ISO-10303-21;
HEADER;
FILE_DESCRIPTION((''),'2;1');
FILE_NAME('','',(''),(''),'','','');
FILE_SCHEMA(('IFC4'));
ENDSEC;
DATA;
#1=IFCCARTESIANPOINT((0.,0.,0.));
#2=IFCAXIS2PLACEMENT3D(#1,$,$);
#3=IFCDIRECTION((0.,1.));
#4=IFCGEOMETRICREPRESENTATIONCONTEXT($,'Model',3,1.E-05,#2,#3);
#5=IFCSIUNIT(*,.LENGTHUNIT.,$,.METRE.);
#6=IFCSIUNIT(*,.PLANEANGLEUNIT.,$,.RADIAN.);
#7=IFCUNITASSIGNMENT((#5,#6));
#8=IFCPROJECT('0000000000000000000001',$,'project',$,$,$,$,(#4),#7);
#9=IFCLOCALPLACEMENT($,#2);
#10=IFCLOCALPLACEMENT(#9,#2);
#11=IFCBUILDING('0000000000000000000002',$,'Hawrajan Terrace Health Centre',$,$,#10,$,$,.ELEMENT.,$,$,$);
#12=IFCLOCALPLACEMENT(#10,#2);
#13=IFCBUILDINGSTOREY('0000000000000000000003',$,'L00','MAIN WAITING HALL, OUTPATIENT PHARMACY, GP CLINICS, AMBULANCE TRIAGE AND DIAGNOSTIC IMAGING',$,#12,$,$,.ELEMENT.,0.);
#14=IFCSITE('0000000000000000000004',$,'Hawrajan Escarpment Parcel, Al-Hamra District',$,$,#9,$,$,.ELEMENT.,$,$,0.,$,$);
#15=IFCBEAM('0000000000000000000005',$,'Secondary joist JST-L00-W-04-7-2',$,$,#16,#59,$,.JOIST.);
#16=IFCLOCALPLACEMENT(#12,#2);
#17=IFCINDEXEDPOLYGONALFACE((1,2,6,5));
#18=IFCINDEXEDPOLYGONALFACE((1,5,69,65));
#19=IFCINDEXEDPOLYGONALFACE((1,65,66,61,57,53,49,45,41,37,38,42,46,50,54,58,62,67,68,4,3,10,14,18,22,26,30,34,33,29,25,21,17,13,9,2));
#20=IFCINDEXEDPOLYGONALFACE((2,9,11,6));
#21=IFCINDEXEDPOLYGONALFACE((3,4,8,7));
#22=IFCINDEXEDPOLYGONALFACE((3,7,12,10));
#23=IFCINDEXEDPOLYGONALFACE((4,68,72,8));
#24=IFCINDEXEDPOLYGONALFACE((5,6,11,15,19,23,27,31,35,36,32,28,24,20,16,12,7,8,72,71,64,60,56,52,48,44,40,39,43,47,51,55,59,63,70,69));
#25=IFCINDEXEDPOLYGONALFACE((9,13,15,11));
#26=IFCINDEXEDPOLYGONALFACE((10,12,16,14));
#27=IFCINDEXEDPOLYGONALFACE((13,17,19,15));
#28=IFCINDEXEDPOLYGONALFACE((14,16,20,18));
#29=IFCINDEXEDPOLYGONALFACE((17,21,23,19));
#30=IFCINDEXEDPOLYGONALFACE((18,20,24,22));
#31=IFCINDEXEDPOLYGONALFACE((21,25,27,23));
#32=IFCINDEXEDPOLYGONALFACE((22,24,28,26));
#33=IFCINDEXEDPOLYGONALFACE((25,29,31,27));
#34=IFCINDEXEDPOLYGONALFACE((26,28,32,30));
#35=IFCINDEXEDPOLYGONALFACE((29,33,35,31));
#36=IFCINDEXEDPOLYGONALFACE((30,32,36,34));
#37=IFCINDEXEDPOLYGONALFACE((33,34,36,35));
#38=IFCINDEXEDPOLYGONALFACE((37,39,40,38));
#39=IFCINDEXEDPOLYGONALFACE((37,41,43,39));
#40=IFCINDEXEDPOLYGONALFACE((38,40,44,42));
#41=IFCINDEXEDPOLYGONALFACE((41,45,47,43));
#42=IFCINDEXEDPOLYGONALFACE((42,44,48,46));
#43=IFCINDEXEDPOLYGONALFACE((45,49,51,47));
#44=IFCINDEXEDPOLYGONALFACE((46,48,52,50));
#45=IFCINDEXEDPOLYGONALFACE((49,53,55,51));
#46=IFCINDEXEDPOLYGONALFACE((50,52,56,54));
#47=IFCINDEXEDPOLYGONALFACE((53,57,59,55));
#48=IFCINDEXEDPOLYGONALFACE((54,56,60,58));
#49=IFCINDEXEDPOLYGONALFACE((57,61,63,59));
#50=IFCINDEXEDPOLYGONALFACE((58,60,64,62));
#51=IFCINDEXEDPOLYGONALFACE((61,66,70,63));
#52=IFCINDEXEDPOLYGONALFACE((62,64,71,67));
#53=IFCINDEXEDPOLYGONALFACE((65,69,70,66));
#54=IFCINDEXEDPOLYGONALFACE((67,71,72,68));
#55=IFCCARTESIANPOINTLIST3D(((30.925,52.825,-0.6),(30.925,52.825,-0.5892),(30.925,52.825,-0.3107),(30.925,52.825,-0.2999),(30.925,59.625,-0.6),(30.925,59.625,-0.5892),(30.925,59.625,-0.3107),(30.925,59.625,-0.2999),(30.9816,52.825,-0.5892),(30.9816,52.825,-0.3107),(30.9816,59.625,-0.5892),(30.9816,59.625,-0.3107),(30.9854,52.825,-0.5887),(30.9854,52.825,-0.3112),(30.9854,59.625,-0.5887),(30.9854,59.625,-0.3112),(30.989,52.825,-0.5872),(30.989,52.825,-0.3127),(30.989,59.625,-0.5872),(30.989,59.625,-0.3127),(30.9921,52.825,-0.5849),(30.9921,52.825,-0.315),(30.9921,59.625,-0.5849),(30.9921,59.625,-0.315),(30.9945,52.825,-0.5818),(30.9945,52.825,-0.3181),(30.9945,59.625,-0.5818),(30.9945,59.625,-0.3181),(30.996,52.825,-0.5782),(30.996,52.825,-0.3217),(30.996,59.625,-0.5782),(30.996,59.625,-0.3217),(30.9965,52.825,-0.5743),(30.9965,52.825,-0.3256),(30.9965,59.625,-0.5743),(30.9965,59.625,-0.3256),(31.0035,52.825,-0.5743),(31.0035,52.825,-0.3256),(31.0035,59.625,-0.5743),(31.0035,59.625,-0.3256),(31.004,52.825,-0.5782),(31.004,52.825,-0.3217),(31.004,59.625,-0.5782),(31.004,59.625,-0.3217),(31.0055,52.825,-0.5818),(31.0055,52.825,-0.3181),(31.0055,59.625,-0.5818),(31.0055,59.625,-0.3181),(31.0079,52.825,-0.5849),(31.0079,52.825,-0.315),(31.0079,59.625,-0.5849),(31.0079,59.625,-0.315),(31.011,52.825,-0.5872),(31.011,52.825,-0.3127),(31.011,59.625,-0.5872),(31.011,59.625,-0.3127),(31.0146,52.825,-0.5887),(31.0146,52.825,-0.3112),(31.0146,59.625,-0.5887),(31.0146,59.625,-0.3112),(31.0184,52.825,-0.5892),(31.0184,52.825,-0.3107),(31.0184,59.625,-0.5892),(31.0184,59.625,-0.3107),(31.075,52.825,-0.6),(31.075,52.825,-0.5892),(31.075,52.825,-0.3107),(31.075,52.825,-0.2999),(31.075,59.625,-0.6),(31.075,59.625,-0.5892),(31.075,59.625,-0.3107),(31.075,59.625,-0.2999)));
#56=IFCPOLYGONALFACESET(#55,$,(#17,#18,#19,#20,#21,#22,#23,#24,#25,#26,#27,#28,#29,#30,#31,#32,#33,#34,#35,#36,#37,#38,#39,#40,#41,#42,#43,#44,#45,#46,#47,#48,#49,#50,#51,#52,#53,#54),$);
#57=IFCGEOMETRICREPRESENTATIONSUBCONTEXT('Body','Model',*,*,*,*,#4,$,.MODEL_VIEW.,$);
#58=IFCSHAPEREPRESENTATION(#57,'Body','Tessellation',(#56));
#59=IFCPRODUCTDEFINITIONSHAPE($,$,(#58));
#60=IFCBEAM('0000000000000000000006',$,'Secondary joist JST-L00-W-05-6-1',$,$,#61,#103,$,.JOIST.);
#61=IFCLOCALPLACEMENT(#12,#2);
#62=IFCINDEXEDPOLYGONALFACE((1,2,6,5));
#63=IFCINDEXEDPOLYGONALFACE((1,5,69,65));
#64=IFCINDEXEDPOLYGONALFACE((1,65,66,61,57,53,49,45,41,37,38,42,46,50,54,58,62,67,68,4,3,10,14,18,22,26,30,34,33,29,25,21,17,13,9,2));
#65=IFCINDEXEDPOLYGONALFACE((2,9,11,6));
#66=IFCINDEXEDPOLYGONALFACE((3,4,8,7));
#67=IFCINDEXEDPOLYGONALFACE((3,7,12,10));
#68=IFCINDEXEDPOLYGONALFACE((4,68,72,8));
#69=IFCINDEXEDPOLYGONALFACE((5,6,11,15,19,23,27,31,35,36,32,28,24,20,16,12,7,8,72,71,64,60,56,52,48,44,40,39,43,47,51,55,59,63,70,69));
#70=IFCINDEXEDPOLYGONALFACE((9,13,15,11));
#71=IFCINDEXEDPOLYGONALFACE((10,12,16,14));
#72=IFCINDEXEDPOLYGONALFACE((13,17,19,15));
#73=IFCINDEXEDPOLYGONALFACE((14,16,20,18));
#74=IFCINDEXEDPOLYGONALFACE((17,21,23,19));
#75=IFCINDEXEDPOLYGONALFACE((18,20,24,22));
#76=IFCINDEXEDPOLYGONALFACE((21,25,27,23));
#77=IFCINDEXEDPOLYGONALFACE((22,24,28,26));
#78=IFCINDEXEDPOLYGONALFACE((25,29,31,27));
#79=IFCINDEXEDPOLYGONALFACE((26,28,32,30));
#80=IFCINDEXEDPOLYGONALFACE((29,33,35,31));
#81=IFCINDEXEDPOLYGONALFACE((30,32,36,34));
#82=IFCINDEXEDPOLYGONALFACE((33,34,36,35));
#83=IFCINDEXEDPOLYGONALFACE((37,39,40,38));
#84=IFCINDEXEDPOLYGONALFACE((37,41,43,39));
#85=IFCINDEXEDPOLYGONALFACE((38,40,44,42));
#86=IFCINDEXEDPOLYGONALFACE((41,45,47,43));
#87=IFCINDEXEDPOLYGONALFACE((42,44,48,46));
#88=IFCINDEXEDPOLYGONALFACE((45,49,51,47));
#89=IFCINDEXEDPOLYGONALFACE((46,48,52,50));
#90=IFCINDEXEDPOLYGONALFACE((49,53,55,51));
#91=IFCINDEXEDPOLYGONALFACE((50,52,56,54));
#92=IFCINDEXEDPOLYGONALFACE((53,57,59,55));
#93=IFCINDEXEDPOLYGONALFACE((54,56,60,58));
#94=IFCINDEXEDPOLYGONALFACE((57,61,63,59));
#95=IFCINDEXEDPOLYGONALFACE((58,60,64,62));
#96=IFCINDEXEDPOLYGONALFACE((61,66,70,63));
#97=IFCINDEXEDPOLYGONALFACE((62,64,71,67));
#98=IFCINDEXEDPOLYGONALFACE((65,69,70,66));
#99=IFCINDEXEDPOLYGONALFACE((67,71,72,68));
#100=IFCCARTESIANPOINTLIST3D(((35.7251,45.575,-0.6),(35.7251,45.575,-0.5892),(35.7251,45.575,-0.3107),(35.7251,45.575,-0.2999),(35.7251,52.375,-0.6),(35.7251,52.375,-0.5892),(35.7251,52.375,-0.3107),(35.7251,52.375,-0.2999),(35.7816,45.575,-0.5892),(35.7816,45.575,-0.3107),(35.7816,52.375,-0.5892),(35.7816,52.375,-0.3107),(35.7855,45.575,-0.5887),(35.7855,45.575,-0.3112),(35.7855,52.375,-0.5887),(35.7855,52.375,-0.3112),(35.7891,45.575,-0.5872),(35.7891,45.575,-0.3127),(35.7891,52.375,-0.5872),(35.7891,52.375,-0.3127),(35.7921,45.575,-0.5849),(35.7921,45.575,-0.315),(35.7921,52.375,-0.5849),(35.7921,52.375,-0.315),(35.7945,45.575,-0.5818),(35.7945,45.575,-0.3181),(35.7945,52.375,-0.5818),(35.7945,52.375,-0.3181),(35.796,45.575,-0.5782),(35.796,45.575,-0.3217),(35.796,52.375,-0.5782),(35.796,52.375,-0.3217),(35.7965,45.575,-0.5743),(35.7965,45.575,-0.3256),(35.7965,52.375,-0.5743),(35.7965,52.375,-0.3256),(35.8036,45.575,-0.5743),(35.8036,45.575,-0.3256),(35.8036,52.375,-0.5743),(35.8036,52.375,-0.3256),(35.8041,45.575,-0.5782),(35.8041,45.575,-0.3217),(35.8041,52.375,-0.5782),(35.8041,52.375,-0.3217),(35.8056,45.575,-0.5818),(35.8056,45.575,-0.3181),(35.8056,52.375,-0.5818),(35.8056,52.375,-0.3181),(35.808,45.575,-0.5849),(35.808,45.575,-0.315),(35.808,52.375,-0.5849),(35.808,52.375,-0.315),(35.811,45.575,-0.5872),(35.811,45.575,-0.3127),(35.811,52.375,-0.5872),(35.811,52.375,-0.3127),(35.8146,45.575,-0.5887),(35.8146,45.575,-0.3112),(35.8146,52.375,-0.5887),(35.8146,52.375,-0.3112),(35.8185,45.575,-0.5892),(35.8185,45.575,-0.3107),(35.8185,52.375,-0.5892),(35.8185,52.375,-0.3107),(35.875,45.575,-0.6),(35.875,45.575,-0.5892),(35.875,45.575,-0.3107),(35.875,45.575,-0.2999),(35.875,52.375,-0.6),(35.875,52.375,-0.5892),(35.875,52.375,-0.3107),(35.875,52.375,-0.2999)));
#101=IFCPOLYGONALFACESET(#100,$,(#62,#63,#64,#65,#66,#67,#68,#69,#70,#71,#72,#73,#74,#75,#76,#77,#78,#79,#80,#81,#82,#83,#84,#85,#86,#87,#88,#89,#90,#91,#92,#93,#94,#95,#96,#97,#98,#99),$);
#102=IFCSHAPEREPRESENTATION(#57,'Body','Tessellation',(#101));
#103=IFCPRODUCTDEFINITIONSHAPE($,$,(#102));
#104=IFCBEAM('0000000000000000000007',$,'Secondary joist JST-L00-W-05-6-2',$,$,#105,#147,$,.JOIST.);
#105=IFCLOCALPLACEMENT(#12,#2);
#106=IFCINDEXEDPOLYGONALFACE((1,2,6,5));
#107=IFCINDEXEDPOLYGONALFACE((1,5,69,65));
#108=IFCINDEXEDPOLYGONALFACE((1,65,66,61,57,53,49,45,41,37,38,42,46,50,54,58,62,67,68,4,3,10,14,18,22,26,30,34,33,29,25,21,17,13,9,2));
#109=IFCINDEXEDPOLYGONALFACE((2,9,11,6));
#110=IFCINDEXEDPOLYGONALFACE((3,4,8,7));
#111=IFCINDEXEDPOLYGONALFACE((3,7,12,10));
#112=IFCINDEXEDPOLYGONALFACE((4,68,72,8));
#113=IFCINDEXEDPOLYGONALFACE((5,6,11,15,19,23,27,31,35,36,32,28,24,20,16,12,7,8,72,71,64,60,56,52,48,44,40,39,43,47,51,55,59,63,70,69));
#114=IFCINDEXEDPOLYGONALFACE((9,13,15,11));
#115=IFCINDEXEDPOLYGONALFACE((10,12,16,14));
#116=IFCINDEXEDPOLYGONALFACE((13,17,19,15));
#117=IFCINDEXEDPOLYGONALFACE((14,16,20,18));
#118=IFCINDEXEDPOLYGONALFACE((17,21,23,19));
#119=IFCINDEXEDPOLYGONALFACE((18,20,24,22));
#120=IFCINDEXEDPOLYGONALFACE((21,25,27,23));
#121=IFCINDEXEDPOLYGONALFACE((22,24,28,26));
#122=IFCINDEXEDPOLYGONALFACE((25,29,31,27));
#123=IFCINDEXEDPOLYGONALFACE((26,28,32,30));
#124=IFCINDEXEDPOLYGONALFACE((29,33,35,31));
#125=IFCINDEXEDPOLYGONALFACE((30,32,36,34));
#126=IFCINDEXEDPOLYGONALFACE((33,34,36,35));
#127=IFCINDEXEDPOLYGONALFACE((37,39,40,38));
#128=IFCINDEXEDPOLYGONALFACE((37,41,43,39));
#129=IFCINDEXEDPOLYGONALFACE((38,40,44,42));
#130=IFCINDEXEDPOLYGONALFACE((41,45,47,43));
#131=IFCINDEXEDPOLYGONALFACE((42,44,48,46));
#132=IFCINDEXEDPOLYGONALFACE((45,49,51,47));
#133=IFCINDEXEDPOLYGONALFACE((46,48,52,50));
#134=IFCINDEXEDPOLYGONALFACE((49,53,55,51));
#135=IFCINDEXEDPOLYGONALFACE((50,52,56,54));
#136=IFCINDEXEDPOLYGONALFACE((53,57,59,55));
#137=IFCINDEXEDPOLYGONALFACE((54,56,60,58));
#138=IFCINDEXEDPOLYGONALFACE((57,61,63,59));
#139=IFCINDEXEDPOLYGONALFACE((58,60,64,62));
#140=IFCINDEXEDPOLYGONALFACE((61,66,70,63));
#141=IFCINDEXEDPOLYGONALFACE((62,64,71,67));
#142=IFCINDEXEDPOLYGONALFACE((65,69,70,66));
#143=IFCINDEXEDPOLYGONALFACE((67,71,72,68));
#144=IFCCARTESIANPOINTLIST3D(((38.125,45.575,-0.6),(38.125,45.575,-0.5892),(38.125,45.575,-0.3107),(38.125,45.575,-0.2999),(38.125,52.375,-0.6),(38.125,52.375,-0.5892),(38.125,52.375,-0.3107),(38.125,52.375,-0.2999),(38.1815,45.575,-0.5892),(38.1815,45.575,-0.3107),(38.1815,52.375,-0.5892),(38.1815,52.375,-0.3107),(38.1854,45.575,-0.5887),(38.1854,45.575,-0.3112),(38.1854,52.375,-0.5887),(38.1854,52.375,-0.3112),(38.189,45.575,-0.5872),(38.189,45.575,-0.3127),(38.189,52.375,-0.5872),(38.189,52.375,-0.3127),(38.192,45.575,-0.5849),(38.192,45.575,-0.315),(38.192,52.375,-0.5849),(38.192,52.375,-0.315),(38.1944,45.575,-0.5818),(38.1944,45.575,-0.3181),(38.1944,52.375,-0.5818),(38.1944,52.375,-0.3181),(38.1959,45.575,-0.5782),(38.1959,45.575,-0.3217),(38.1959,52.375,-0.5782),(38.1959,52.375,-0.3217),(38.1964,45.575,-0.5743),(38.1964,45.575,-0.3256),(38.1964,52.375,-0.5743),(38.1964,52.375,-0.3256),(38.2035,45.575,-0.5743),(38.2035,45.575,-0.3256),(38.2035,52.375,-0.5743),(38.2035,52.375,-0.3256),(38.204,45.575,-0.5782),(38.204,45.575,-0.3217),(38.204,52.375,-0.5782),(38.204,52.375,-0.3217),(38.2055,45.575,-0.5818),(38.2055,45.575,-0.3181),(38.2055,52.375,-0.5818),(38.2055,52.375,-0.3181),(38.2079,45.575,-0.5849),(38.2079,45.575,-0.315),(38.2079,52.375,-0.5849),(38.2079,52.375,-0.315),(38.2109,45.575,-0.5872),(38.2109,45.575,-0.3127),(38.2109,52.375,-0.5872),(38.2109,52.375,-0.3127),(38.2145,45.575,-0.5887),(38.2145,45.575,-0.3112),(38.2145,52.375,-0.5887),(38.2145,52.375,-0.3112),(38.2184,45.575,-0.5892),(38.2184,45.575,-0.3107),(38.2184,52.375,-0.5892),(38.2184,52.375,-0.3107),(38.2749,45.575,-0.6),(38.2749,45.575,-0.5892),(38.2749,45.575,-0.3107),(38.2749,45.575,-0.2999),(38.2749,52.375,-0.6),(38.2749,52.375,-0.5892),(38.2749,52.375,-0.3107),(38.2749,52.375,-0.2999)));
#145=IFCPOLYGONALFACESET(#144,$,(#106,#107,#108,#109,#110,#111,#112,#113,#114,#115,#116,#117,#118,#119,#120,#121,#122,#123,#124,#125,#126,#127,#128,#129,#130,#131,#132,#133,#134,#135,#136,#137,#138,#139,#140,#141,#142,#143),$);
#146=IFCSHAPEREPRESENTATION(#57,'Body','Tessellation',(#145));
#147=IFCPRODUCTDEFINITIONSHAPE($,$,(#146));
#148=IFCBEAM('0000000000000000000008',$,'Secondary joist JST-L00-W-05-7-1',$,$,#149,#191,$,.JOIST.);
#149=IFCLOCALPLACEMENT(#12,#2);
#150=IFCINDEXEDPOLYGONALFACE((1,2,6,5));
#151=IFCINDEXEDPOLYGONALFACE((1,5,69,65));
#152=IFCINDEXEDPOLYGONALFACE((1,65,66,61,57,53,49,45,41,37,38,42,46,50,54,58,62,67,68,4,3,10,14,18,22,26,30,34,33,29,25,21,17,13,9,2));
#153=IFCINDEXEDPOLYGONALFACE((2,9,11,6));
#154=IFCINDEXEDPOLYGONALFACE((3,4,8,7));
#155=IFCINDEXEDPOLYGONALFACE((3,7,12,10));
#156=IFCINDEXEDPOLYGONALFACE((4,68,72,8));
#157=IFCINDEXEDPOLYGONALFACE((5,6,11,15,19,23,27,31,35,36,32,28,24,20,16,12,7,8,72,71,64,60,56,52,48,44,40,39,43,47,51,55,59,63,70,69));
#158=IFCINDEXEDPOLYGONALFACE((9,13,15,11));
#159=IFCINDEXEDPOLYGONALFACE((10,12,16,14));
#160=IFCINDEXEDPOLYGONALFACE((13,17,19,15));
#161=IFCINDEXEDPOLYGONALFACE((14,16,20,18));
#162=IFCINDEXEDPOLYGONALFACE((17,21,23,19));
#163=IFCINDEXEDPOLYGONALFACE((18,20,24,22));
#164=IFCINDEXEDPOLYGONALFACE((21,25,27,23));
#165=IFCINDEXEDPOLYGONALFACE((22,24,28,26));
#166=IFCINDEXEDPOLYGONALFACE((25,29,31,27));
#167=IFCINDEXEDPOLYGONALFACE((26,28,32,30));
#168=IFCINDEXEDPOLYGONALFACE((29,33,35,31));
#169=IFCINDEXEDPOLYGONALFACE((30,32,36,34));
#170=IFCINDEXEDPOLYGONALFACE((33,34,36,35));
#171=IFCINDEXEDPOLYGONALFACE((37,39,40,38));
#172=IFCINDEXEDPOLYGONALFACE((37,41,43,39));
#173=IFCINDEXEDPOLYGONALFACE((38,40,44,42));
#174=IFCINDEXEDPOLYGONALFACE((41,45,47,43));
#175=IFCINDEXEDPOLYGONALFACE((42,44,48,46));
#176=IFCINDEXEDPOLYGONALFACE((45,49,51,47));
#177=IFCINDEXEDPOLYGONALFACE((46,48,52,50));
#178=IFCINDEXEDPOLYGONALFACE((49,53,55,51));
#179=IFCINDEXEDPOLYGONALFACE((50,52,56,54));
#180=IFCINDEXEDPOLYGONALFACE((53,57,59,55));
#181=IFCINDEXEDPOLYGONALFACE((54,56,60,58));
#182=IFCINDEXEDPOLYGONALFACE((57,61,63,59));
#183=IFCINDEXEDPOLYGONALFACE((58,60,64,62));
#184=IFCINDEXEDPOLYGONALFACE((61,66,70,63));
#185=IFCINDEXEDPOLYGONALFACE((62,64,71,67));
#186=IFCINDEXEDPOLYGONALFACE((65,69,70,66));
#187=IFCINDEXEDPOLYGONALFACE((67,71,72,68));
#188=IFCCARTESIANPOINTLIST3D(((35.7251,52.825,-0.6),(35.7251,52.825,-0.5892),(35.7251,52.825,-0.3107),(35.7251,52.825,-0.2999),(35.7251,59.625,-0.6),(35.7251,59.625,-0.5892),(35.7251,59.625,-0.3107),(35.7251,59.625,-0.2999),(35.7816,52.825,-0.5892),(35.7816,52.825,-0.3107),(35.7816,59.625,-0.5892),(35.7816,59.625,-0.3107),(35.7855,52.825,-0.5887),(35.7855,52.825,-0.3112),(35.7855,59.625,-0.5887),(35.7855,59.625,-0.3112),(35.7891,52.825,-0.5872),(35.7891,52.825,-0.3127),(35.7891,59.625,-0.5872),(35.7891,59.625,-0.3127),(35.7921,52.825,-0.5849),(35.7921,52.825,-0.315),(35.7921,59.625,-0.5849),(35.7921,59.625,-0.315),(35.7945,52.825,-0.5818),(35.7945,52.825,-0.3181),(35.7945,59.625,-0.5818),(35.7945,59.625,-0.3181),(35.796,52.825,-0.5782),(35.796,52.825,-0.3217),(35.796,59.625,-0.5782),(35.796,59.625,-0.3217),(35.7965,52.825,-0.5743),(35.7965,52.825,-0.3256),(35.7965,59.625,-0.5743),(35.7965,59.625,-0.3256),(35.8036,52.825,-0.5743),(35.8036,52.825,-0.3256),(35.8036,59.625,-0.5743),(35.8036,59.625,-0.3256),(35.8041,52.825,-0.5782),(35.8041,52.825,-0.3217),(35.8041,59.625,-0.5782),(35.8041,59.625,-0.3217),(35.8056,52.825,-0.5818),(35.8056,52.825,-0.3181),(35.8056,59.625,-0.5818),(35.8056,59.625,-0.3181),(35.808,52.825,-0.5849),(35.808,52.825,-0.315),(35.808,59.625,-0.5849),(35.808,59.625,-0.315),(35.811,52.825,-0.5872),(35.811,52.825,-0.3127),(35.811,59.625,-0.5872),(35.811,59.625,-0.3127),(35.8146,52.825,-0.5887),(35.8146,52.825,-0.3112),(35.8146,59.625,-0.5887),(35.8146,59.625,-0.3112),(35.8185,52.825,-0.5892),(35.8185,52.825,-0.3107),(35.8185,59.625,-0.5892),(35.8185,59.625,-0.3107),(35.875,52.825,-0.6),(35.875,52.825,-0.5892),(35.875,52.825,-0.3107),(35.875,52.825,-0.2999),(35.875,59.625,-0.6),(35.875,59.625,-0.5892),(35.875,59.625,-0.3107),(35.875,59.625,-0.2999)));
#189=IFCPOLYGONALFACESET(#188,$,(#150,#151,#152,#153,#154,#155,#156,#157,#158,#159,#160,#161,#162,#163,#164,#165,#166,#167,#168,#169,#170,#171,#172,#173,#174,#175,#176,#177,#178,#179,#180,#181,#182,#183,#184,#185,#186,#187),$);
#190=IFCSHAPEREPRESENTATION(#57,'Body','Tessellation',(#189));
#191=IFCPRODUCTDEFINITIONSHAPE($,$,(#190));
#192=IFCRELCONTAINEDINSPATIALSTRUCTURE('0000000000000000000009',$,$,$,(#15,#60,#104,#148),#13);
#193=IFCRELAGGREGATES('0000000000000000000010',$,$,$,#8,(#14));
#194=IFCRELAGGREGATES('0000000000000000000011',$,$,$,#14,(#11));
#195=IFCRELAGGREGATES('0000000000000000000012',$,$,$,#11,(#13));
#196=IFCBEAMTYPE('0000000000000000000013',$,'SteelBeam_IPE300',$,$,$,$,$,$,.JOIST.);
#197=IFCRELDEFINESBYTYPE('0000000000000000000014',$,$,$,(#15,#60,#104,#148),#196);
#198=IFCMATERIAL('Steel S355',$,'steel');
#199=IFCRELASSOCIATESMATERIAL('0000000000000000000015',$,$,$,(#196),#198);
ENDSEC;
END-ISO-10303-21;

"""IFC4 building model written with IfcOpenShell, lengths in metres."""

from ifc_helpers import new_model, si_unit, direction, frame, origin, origin_2d, place, context, subcontext, project, spatial, i_section, extrude, material, material_profile, profile_set, type_object, element, save


model = new_model("IFC4")

# Units and contexts
model_context = context("Model", 3, precision=1e-05, world=origin(), true_north=direction((0.0, 1.0)))
body_context = subcontext(model_context, "Body", "Model", "MODEL_VIEW")
ifc_project = project(units=[si_unit("LENGTHUNIT", "METRE"), si_unit("PLANEANGLEUNIT", "RADIAN")], contexts=[model_context])

# Site, building, storey
site_placement = place(None, origin())
site = spatial("IfcSite", under=ifc_project, at=site_placement, Name="Hawrajan Escarpment Parcel, Al-Hamra District", CompositionType="ELEMENT", RefElevation=0.0)
building_placement = place(site_placement, origin())
building = spatial("IfcBuilding", under=site, at=building_placement, Name="Hawrajan Terrace Health Centre", CompositionType="ELEMENT")
storey_placement = place(building_placement, origin())
storey = spatial("IfcBuildingStorey", under=building, at=storey_placement, Name="L00", Description="MAIN WAITING HALL, OUTPATIENT PHARMACY, GP CLINICS, AMBULANCE TRIAGE AND DIAGNOSTIC IMAGING", CompositionType="ELEMENT", Elevation=0.0)

# Beams
ifc_material_1 = material(Name="Steel S355", Category="steel")
ifc_material_profile_1 = material_profile(ifc_material_1, i_section(OverallWidth=0.1499, OverallDepth=0.3, WebThickness=0.0071, FlangeThickness=0.0107, FilletRadius=0.0149, at=origin_2d()), Name="IPE 300")
ifc_profile_set_1 = profile_set([ifc_material_profile_1], Name="Steel S355")
beam_type_1 = type_object("IfcBeamType", Name="SteelBeam_IPE300", PredefinedType="JOIST", material=ifc_profile_set_1)
for number, where, z_axis, x_axis, name in (
    (1, (31.0, 52.825, -0.45), (0.0, 1.0, 0.0), (-1.0, 0.0, 0.0), "Secondary joist JST-L00-W-04-7-2"),
    (2, (35.8, 45.575, -0.45), (0.0, 1.0, 0.0), (-1.0, 0.0, 0.0), "Secondary joist JST-L00-W-05-6-1"),
    (3, (38.2, 45.575, -0.45), (0.0, 1.0, 0.0), (-1.0, 0.0, 0.0), "Secondary joist JST-L00-W-05-6-2"),
    (4, (35.8, 52.825, -0.45), (0.0, 1.0, 0.0), (-1.0, 0.0, 0.0), "Secondary joist JST-L00-W-05-7-1"),
):
    element("IfcBeam", number, at=place(storey_placement, frame(where, z_axis=z_axis, x_axis=x_axis)), inside=storey, type_object=beam_type_1, Name=name, PredefinedType="JOIST", context=body_context, shape_type="SweptSolid", body=[
        extrude(i_section(OverallWidth=0.1499, OverallDepth=0.3, WebThickness=0.0071, FlangeThickness=0.0107, FilletRadius=0.0149, at=origin_2d()), origin(), (0.0, 0.0, 1.0), 6.8),
    ])

save(model, "model.ifc")
